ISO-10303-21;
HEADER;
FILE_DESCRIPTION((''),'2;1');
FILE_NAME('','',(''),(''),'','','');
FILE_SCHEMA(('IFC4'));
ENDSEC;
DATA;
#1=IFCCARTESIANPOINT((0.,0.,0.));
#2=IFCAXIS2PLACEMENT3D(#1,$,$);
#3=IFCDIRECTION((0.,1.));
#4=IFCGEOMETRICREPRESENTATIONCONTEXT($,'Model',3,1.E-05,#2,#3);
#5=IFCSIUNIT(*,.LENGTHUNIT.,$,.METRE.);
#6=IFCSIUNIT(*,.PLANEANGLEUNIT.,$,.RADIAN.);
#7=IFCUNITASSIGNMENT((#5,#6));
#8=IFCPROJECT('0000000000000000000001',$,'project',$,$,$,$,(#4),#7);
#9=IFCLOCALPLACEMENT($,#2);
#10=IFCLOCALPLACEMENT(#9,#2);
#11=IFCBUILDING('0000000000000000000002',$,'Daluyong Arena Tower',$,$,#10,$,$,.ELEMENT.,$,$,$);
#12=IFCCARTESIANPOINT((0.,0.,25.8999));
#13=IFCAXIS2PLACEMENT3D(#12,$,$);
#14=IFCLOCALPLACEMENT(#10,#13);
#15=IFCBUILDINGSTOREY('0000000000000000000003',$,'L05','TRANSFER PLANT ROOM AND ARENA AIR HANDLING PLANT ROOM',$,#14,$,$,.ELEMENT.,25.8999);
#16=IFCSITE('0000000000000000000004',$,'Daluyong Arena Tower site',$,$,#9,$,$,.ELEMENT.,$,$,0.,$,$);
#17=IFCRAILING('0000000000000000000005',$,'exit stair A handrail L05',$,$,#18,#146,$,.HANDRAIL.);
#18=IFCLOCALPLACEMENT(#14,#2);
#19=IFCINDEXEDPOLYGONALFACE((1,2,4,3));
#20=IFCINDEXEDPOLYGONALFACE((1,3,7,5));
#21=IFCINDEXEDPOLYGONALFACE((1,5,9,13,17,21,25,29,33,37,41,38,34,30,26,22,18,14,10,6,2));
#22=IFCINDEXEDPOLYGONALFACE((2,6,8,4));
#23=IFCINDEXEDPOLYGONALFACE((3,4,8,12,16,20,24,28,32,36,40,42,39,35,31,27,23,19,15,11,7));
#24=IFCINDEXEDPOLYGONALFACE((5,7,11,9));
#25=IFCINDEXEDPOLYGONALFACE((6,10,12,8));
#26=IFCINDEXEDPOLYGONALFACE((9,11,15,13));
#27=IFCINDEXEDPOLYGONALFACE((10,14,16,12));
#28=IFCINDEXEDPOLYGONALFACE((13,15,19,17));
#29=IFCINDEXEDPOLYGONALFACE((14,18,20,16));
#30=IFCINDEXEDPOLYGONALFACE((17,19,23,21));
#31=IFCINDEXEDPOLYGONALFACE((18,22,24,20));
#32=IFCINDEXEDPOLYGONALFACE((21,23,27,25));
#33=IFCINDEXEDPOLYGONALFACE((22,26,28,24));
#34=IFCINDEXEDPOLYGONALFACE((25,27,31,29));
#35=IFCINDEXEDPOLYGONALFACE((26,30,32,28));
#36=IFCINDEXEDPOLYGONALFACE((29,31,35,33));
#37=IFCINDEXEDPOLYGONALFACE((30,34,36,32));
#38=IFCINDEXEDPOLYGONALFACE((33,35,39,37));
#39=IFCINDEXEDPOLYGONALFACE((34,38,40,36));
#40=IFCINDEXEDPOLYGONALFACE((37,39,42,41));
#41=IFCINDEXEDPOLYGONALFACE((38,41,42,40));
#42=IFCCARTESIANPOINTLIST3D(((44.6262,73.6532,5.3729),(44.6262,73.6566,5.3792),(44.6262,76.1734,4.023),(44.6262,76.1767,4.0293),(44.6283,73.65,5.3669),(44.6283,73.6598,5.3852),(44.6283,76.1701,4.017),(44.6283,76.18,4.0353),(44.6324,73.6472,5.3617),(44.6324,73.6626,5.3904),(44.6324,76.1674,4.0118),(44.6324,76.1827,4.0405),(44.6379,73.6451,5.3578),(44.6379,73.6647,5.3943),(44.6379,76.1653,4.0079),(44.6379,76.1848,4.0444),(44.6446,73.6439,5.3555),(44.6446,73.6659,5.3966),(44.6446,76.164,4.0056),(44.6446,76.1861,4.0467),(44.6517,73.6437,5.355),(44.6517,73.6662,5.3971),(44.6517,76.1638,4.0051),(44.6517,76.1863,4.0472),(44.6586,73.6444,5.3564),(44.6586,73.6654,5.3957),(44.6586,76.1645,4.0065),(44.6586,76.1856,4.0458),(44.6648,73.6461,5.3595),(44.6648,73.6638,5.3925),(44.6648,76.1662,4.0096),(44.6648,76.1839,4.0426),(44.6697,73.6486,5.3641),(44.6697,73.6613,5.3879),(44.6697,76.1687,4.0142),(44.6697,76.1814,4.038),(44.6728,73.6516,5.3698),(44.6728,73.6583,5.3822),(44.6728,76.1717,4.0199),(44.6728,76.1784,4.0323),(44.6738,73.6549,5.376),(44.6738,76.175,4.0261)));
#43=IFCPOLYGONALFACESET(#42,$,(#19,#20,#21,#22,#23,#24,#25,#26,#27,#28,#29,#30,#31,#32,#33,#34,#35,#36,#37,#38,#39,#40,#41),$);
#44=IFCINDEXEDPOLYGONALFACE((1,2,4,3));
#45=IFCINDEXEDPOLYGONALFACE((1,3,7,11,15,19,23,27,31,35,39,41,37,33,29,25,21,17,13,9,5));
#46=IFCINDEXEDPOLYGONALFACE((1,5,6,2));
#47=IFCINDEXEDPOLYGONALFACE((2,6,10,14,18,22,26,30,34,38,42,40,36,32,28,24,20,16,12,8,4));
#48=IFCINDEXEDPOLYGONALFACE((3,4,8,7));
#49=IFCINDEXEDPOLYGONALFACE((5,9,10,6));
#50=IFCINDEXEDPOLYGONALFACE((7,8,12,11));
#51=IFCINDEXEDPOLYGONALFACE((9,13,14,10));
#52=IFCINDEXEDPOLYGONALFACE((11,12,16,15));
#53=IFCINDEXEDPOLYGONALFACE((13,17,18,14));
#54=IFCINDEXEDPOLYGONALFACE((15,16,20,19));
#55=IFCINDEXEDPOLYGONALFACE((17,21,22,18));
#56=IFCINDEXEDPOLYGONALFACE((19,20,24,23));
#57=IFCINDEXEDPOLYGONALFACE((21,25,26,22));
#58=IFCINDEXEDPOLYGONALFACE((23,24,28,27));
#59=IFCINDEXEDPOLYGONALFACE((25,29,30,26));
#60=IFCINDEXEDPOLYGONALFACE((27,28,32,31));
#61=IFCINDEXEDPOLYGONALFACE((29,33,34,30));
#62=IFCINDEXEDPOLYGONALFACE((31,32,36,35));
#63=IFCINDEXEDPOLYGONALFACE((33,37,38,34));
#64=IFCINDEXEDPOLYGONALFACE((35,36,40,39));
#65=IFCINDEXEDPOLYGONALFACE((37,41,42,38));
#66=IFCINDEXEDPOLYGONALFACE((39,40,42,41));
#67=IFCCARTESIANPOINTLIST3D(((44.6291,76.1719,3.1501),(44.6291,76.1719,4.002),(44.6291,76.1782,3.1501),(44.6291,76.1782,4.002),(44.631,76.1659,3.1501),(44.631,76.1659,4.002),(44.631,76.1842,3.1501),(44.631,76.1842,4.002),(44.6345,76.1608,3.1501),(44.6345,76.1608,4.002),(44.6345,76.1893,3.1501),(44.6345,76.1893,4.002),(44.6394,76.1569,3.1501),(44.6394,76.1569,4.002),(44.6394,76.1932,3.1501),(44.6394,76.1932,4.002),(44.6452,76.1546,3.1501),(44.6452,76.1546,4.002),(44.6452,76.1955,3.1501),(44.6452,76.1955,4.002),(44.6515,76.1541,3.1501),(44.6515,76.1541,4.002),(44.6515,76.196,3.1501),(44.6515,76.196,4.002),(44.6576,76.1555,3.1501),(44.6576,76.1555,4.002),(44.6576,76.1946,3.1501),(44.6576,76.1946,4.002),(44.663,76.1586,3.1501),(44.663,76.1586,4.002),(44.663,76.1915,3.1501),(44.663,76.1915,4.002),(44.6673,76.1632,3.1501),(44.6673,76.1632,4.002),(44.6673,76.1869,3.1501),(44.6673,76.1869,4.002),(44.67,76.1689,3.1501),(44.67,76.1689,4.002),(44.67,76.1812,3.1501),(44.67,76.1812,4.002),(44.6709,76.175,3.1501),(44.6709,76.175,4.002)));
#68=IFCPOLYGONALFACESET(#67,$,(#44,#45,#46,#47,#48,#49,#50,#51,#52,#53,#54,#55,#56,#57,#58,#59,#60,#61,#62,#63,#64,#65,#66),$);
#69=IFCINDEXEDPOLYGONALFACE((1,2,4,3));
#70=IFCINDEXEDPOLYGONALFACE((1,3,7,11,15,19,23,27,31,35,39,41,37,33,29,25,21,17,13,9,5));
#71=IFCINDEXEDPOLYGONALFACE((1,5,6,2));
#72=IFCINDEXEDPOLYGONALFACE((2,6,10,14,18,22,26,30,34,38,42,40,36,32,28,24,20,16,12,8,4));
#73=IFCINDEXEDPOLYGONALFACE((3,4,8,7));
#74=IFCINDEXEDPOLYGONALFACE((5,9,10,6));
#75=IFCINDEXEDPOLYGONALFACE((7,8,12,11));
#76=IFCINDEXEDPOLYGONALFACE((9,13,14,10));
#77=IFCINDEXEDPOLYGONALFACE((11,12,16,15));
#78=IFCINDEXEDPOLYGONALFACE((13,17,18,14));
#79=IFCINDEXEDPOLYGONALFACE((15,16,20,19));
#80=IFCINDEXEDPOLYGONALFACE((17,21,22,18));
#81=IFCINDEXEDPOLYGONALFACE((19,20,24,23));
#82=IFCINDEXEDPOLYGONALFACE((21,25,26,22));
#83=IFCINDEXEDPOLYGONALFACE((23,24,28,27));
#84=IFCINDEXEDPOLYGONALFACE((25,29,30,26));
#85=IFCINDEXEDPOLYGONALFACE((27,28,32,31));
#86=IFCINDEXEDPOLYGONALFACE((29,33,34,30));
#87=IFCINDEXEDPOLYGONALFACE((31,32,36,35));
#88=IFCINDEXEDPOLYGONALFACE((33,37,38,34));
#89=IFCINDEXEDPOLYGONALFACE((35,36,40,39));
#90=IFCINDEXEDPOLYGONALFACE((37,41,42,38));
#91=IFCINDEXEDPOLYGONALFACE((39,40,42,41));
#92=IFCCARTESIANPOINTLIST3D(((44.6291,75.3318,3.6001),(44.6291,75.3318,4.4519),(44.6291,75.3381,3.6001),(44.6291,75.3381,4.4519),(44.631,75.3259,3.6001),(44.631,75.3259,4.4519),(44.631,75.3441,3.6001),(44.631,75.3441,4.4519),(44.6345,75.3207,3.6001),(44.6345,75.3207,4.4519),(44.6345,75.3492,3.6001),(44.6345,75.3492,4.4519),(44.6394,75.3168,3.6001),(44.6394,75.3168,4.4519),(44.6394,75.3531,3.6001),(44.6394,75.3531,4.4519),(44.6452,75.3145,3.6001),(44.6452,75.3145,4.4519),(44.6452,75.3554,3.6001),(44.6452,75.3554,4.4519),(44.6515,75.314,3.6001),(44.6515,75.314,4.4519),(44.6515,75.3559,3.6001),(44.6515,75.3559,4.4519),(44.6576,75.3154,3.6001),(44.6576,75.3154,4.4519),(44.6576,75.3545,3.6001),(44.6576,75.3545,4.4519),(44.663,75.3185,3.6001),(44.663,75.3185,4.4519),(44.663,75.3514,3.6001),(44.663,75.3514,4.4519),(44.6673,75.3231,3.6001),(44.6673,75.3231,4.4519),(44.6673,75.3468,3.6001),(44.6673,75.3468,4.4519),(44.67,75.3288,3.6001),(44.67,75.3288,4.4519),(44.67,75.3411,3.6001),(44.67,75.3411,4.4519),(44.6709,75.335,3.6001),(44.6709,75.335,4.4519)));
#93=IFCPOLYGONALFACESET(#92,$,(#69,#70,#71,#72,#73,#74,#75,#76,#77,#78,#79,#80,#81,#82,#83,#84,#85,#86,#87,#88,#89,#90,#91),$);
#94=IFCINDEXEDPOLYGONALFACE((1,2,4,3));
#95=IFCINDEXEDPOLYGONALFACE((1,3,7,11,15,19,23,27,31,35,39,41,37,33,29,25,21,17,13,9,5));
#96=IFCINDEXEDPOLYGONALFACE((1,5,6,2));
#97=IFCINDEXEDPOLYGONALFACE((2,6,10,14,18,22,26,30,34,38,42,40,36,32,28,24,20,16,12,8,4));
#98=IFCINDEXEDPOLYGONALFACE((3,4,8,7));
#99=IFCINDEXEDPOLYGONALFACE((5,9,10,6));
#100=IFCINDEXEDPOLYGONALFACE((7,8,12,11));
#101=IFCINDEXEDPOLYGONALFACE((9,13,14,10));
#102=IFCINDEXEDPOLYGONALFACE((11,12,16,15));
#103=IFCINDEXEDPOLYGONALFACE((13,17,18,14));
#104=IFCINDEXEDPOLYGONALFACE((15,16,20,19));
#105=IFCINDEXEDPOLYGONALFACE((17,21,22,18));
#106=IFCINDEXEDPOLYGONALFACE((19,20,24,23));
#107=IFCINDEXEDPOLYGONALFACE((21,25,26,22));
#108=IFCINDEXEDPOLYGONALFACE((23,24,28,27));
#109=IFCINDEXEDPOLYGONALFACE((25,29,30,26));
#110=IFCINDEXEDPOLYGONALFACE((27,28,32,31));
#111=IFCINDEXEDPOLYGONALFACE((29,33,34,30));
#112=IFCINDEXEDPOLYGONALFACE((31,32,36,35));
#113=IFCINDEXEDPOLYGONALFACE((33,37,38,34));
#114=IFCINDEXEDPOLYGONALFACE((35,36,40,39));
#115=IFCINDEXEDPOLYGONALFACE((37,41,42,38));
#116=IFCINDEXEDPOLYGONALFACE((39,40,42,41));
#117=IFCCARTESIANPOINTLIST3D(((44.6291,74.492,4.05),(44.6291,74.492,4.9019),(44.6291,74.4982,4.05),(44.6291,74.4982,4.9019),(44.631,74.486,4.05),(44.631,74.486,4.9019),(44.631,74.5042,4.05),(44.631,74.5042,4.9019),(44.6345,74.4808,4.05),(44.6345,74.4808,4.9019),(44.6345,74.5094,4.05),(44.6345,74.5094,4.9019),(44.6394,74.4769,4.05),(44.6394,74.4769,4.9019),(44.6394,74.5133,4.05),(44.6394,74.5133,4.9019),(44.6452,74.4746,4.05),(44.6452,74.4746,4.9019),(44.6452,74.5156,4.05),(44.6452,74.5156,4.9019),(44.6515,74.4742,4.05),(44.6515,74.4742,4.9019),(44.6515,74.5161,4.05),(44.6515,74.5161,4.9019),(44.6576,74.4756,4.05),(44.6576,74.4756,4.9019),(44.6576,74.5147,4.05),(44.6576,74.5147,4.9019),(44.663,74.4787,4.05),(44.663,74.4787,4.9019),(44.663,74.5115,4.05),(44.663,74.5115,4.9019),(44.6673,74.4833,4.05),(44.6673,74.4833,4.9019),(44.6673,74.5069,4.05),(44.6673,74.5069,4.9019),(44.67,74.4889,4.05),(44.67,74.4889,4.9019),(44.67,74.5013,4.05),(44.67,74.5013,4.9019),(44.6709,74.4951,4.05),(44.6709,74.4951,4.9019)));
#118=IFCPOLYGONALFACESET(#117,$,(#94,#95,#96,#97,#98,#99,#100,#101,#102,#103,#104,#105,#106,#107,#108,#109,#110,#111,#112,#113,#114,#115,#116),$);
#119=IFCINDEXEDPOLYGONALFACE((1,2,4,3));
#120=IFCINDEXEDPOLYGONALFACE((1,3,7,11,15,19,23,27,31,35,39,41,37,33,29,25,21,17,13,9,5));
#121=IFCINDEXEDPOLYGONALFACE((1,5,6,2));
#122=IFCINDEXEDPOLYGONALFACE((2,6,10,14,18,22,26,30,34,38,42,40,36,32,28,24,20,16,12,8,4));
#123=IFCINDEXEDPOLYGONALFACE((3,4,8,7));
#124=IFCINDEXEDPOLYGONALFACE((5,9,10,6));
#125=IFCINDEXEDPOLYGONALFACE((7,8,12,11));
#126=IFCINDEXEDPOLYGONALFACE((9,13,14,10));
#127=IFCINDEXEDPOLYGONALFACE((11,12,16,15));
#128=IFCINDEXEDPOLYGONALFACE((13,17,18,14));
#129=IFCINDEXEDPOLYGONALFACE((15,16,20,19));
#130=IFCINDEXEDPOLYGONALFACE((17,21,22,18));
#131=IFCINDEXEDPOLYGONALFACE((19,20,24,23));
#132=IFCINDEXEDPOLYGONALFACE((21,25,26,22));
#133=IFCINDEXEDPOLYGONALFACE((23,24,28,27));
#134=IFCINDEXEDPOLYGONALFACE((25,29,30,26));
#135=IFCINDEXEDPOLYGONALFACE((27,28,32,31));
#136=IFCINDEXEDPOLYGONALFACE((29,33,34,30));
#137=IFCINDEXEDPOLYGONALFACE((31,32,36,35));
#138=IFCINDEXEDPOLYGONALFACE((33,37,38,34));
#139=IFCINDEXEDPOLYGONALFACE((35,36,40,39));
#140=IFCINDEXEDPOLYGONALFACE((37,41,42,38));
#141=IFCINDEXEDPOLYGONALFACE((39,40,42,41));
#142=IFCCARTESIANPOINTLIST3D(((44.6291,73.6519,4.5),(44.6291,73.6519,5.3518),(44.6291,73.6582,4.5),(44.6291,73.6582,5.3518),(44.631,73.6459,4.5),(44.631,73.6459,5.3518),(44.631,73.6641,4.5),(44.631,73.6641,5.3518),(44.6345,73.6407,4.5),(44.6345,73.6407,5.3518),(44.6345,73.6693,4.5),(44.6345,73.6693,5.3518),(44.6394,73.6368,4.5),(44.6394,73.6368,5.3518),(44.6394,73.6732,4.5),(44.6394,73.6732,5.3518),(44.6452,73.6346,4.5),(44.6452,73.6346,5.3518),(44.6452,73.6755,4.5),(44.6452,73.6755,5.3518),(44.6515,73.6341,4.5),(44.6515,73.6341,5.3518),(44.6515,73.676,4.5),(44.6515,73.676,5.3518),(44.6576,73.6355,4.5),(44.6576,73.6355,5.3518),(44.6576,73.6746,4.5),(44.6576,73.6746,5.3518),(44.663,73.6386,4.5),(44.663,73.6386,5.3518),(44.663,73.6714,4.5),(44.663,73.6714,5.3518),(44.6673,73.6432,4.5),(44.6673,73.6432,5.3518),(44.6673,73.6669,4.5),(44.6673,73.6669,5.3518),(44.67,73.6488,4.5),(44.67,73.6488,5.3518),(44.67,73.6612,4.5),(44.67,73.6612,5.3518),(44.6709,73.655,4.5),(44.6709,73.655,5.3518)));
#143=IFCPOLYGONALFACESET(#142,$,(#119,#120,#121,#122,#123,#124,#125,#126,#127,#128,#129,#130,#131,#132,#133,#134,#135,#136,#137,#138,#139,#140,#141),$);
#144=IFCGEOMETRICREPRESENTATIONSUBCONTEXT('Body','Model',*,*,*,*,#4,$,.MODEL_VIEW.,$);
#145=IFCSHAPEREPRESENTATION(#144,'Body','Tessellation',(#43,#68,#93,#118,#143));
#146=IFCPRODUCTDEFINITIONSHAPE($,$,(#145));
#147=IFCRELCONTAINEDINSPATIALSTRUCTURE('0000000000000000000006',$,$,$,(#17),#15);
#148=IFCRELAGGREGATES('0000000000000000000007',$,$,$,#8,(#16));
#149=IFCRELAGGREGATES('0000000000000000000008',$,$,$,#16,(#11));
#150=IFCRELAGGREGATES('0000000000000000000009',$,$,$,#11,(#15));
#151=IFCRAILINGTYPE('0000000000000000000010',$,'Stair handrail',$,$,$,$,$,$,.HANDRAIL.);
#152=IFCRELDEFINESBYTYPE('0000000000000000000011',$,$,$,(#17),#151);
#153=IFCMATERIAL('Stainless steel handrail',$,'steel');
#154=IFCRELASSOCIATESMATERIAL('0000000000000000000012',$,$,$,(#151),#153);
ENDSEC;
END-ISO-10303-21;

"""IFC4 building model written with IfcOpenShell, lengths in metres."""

from ifc_helpers import new_model, si_unit, direction, frame, origin, origin_2d, place, context, subcontext, project, spatial, circle, extrude, material, type_object, element, save


model = new_model("IFC4")

# Units and contexts
model_context = context("Model", 3, precision=1e-05, world=origin(), true_north=direction((0.0, 1.0)))
body_context = subcontext(model_context, "Body", "Model", "MODEL_VIEW")
ifc_project = project(units=[si_unit("LENGTHUNIT", "METRE"), si_unit("PLANEANGLEUNIT", "RADIAN")], contexts=[model_context])

# Site, building, storey
site_placement = place(None, origin())
site = spatial("IfcSite", under=ifc_project, at=site_placement, Name="Daluyong Arena Tower site", CompositionType="ELEMENT", RefElevation=0.0)
building_placement = place(site_placement, origin())
building = spatial("IfcBuilding", under=site, at=building_placement, Name="Daluyong Arena Tower", CompositionType="ELEMENT")
storey_placement = place(building_placement, frame((0.0, 0.0, 25.8999)))
storey = spatial("IfcBuildingStorey", under=building, at=storey_placement, Name="L05", Description="TRANSFER PLANT ROOM AND ARENA AIR HANDLING PLANT ROOM", CompositionType="ELEMENT", Elevation=25.8999)

# Railing
ifc_material_1 = material(Name="Stainless steel handrail", Category="steel")
railing_type_1 = type_object("IfcRailingType", Name="Stair handrail", PredefinedType="HANDRAIL", material=ifc_material_1)
for number, where, name in (
    (1, (44.6499, 76.175, 3.1501), "exit stair A handrail L05"),
):
    element("IfcRailing", number, at=place(storey_placement, frame(where)), inside=storey, type_object=railing_type_1, Name=name, PredefinedType="HANDRAIL", context=body_context, shape_type="SweptSolid", body=[
        extrude(circle(Radius=0.0239, at=origin_2d()), frame((0.0, 0.0, 0.876), z_axis=(0.0, -0.881503, 0.472179), x_axis=(1.0, 0.0, 0.0)), (0.0, 0.0, 1.0), 2.8589),
        extrude(circle(Radius=0.021, at=origin_2d()), origin(), (0.0, 0.0, 1.0), 0.8518),
        extrude(circle(Radius=0.021, at=origin_2d()), frame((0.0, -0.8401, 0.45)), (0.0, 0.0, 1.0), 0.8518),
        extrude(circle(Radius=0.021, at=origin_2d()), frame((0.0, -1.6799, 0.8999)), (0.0, 0.0, 1.0), 0.8518),
        extrude(circle(Radius=0.021, at=origin_2d()), frame((0.0, -2.52, 1.3499)), (0.0, 0.0, 1.0), 0.8518),
    ])

save(model, "model.ifc")
